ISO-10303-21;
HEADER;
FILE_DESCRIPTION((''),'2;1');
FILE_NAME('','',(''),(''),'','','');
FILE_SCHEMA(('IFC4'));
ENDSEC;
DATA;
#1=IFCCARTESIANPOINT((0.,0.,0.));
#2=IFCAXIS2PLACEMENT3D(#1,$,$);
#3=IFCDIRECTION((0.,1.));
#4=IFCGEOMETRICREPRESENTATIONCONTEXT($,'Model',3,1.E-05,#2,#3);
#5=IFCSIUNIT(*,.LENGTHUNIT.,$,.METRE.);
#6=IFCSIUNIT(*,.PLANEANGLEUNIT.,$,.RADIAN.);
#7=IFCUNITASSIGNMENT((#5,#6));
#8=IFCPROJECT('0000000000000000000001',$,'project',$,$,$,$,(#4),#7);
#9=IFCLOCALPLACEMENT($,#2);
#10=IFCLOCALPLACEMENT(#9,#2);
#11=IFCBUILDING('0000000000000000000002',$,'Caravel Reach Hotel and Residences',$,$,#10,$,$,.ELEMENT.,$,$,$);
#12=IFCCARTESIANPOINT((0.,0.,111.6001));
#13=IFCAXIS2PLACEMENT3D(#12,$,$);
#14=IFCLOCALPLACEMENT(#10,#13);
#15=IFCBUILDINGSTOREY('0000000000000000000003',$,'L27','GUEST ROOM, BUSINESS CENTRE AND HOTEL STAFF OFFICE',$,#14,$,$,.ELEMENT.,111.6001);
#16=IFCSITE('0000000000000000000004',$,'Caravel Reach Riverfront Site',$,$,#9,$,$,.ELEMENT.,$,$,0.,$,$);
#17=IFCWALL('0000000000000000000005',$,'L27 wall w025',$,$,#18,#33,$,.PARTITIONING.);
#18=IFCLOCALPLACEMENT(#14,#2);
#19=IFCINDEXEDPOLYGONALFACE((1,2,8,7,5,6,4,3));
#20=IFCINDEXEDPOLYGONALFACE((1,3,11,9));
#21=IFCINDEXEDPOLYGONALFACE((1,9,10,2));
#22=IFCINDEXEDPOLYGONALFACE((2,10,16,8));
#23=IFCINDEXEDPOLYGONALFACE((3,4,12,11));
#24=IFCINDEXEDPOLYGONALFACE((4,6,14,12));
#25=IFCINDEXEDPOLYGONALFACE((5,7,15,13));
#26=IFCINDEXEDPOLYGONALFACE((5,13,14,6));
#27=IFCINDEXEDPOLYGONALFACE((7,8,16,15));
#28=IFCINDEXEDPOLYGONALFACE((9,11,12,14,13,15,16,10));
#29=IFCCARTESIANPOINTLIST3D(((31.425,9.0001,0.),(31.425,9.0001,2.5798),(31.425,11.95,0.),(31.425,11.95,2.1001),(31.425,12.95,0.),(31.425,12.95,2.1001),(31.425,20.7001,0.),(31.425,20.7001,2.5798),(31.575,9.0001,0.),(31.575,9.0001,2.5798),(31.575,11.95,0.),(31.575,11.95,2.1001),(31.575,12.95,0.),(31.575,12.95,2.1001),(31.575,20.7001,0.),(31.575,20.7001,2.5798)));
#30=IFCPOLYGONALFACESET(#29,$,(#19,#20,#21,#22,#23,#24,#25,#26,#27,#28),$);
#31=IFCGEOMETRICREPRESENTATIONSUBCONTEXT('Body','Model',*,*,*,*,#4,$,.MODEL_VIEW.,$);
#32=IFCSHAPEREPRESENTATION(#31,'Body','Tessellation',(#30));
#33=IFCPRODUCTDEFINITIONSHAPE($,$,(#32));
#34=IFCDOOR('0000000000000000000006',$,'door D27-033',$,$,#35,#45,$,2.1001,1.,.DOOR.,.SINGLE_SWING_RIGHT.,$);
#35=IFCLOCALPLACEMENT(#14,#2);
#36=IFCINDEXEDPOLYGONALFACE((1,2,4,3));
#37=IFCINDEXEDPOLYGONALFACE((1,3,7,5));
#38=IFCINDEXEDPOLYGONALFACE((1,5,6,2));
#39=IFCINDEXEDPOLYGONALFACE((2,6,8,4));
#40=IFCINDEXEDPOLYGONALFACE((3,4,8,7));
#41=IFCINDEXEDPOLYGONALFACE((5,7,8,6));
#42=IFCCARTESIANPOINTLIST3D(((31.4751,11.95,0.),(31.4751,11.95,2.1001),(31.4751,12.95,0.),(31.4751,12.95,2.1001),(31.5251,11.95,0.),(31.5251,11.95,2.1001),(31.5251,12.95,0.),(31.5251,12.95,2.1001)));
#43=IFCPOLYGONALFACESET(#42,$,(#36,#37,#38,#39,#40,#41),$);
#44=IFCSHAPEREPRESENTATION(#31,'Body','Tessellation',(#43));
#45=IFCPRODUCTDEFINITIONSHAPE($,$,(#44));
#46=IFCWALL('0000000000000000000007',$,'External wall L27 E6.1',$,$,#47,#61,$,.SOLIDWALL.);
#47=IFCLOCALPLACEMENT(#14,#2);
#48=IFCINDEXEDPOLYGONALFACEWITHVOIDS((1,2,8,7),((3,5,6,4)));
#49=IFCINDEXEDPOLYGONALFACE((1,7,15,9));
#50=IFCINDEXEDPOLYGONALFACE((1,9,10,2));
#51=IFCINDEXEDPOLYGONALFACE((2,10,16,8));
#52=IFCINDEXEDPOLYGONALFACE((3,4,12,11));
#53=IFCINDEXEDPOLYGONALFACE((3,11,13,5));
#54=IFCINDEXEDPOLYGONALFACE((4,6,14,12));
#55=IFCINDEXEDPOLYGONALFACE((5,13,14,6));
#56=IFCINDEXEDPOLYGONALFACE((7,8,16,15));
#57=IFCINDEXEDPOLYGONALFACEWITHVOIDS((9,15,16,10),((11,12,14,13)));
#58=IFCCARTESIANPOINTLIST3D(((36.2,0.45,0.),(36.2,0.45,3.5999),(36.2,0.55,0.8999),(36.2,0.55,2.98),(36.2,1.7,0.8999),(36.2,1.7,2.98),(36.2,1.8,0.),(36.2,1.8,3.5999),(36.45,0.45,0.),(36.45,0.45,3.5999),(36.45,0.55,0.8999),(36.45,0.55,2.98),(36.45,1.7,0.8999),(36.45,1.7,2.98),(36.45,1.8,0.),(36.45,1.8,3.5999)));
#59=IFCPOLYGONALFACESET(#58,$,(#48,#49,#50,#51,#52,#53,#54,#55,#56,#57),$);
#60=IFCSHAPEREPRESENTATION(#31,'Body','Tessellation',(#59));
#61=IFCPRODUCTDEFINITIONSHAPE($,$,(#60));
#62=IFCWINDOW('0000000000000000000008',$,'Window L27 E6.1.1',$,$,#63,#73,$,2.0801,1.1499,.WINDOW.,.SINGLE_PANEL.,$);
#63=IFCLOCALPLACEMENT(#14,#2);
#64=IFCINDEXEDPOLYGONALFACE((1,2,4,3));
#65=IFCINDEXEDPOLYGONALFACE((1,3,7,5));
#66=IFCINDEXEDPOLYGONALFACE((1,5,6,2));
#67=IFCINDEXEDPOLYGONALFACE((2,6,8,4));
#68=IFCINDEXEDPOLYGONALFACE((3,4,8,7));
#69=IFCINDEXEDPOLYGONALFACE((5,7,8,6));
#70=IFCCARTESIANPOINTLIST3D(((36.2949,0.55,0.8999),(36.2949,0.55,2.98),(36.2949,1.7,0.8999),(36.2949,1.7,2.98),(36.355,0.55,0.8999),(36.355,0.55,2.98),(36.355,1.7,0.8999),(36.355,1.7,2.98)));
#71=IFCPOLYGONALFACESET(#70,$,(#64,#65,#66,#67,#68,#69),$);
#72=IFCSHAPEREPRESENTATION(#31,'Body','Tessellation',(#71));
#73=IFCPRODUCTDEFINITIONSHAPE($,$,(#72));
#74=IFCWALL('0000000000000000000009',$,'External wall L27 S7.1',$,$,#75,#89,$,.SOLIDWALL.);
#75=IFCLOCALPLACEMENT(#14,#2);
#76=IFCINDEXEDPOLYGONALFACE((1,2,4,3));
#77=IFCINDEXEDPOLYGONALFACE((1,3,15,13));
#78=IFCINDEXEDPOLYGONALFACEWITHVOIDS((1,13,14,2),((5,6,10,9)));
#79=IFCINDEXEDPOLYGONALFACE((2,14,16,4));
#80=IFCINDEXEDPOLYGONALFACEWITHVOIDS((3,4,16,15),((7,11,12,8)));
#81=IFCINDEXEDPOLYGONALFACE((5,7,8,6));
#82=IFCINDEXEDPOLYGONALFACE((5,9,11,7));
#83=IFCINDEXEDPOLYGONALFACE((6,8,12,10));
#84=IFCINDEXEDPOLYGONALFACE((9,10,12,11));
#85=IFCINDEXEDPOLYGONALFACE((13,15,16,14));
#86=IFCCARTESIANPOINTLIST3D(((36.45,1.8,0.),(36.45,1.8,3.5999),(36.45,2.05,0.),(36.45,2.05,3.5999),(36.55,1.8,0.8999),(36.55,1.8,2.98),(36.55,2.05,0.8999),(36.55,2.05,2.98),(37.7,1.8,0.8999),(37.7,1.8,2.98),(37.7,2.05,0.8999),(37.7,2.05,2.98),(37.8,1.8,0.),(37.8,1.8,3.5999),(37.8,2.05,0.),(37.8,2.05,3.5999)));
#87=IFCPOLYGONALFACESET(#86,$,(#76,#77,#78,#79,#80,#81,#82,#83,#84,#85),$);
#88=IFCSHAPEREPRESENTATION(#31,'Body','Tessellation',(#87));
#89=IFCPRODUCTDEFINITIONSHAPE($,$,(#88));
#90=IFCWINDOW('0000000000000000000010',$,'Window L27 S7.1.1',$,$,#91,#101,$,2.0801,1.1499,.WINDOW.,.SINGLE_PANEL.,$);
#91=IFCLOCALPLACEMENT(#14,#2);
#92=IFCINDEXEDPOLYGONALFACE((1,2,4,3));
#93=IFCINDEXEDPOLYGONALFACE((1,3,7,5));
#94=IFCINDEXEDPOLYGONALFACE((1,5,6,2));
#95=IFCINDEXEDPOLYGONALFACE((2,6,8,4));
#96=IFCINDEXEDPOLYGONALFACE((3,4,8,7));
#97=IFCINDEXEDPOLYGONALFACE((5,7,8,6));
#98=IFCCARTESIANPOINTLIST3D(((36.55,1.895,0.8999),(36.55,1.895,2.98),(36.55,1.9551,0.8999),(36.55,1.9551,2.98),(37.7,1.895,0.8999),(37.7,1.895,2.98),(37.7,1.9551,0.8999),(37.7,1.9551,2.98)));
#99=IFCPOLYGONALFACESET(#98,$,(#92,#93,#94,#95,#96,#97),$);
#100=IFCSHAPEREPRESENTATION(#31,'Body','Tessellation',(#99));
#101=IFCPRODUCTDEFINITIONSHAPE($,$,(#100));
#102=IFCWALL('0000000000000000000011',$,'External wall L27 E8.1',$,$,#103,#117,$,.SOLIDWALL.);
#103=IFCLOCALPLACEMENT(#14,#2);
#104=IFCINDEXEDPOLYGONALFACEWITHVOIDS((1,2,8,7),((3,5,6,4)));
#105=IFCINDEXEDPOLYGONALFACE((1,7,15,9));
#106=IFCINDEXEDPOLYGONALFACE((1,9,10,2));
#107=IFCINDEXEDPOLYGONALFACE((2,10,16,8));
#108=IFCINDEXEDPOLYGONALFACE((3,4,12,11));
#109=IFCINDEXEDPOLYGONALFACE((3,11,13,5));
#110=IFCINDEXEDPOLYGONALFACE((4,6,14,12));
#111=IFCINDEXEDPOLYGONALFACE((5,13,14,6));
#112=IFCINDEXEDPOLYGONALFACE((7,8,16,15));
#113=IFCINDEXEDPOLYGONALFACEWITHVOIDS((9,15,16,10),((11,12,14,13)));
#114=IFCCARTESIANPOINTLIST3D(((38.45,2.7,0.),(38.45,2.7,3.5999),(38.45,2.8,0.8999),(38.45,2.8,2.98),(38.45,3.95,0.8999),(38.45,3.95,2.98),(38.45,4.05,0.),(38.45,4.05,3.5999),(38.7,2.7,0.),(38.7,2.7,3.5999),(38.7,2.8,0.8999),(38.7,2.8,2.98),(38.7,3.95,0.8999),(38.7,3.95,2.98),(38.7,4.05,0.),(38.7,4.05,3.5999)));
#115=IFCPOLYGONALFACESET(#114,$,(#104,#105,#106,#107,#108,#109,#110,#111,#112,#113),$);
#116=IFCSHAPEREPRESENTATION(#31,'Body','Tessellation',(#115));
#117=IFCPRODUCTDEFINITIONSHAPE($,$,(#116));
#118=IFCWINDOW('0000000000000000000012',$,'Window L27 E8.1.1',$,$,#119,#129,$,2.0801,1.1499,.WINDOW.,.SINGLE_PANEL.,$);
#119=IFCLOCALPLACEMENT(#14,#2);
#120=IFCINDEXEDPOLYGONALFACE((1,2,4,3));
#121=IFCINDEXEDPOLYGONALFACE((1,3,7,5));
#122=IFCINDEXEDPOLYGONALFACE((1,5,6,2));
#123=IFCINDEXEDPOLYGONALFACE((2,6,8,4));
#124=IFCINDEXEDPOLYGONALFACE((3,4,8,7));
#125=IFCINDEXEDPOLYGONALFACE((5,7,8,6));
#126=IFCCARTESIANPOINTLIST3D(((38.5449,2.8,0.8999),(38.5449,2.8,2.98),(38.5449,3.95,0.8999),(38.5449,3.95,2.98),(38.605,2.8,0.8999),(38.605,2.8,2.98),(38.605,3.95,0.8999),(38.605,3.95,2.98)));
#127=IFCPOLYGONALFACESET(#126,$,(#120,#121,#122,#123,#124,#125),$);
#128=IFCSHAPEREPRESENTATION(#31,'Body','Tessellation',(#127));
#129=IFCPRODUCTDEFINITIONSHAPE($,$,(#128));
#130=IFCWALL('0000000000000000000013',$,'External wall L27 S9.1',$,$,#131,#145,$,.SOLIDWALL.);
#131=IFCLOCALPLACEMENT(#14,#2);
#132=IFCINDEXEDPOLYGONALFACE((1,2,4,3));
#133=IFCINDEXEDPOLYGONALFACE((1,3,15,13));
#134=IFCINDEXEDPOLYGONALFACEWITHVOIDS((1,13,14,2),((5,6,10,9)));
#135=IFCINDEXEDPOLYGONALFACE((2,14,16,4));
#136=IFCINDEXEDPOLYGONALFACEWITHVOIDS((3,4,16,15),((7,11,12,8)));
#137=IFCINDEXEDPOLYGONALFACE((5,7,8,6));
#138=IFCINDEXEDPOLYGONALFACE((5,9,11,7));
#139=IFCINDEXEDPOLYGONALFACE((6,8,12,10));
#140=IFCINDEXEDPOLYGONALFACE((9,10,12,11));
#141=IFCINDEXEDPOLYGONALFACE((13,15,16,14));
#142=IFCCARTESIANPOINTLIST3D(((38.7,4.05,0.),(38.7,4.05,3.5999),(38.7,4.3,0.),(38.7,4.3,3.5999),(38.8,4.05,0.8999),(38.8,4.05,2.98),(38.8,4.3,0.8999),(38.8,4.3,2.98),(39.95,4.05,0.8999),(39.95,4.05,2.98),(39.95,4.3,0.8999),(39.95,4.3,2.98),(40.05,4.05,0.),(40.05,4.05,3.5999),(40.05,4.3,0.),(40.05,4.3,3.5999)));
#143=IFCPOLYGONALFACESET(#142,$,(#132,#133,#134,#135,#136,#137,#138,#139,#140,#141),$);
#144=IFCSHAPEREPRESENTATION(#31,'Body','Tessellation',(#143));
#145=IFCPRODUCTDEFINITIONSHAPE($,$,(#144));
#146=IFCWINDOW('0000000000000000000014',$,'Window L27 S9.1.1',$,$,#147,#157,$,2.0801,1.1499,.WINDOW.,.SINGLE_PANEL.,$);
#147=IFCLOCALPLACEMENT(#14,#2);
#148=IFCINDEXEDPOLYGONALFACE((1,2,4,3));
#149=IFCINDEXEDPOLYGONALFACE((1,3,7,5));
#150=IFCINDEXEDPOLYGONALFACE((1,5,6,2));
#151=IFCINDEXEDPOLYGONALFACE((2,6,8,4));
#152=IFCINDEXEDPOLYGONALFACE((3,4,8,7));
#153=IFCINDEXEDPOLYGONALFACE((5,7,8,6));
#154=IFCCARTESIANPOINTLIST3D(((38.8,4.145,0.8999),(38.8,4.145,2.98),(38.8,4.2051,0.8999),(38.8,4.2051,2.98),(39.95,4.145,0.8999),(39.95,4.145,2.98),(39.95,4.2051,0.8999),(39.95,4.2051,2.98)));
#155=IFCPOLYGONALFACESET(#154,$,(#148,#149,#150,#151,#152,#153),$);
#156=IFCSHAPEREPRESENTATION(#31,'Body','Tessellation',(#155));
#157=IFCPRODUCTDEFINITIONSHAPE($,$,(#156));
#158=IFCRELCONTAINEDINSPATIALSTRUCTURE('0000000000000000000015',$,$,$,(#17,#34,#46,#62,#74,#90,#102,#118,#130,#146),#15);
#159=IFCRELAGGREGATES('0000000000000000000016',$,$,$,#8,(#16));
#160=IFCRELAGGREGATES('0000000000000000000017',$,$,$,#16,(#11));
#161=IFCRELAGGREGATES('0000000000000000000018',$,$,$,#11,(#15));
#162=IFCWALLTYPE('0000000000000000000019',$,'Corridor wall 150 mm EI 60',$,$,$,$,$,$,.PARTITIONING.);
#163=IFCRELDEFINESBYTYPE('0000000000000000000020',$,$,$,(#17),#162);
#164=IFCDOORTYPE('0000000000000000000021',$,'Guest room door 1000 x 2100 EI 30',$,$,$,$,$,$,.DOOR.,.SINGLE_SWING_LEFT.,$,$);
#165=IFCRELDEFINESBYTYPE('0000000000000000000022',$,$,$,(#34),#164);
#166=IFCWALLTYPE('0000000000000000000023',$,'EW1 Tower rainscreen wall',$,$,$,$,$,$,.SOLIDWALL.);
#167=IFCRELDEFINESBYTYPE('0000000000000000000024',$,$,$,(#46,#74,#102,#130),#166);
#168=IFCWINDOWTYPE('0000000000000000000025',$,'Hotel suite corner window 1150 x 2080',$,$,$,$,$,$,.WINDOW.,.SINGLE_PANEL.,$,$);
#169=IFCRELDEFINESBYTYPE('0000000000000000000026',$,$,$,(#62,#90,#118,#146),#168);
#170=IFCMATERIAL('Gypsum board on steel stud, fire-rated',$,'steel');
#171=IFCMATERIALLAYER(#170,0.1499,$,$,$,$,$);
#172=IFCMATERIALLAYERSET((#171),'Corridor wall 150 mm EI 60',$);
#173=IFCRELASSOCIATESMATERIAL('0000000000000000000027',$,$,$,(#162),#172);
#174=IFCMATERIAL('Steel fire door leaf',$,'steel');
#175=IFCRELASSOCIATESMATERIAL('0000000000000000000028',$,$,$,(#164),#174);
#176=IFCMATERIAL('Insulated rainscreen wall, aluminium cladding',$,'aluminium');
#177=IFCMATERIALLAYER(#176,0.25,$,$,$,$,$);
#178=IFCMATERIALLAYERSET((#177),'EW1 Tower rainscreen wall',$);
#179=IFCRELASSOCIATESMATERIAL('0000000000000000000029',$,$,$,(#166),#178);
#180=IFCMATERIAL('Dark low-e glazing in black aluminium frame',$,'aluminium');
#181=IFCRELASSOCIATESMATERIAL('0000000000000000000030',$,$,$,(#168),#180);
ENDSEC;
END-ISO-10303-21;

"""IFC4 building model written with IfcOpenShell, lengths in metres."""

from ifc_helpers import new_model, si_unit, direction, frame, frame_2d, origin, place, context, subcontext, project, spatial, rectangle, extrude, material, layer, layer_set, type_object, element, fill, save


model = new_model("IFC4")

# Units and contexts
model_context = context("Model", 3, precision=1e-05, world=origin(), true_north=direction((0.0, 1.0)))
body_context = subcontext(model_context, "Body", "Model", "MODEL_VIEW")
ifc_project = project(units=[si_unit("LENGTHUNIT", "METRE"), si_unit("PLANEANGLEUNIT", "RADIAN")], contexts=[model_context])

# Site, building, storey
site_placement = place(None, origin())
site = spatial("IfcSite", under=ifc_project, at=site_placement, Name="Caravel Reach Riverfront Site", CompositionType="ELEMENT", RefElevation=0.0)
building_placement = place(site_placement, origin())
building = spatial("IfcBuilding", under=site, at=building_placement, Name="Caravel Reach Hotel and Residences", CompositionType="ELEMENT")
storey_placement = place(building_placement, frame((0.0, 0.0, 111.6001)))
storey = spatial("IfcBuildingStorey", under=building, at=storey_placement, Name="L27", Description="GUEST ROOM, BUSINESS CENTRE AND HOTEL STAFF OFFICE", CompositionType="ELEMENT", Elevation=111.6001)

# Wall, opening, door
ifc_material_1 = material(Name="Gypsum board on steel stud, fire-rated", Category="steel")
ifc_layer_1 = layer(ifc_material_1, 0.1499)
ifc_layer_set_1 = layer_set([ifc_layer_1], Name="Corridor wall 150 mm EI 60")
wall_type_1 = type_object("IfcWallType", Name="Corridor wall 150 mm EI 60", PredefinedType="PARTITIONING", material=ifc_layer_set_1)
ifc_material_2 = material(Name="Steel fire door leaf", Category="steel")
door_type = type_object("IfcDoorType", Name="Guest room door 1000 x 2100 EI 30", OperationType="SINGLE_SWING_LEFT", PredefinedType="DOOR", material=ifc_material_2)
wall_1_placement = place(storey_placement, frame((31.5, 9.0, 0.0), z_axis=(0.0, 0.0, 1.0), x_axis=(0.0, 1.0, 0.0)))
wall_1 = element("IfcWall", 1, at=wall_1_placement, inside=storey, type_object=wall_type_1, Name="L27 wall w025", PredefinedType="PARTITIONING", context=body_context, shape_type="SweptSolid", body=[
    extrude(rectangle(XDim=11.7, YDim=0.1499, at=frame_2d((5.8501, 0.0))), origin(), (0.0, 0.0, 1.0), 2.5798),
])
opening_1_placement = place(wall_1_placement, frame((2.95, 0.0, 0.0)))
opening_1 = element("IfcOpeningElement", 2, at=opening_1_placement, cuts=wall_1, PredefinedType="OPENING", context=body_context, shape_type="SweptSolid", body=[
    extrude(rectangle(XDim=1.0, YDim=2.1001, at=frame_2d((0.5, 1.05))), frame((0.0, 0.085, 0.0), z_axis=(0.0, -1.0, 0.0), x_axis=(1.0, 0.0, 0.0)), (0.0, 0.0, 1.0), 0.1699),
])
door_1_placement = place(opening_1_placement, origin())
door_1 = element("IfcDoor", 3, at=door_1_placement, inside=storey, type_object=door_type, Name="door D27-033", OperationType="SINGLE_SWING_RIGHT", OverallHeight=2.1001, OverallWidth=1.0, PredefinedType="DOOR", context=body_context, shape_type="SweptSolid", body=[
    extrude(rectangle(XDim=1.0, YDim=2.1001, at=frame_2d((0.5, 1.05))), frame((0.0, 0.0249, 0.0), z_axis=(0.0, -1.0, 0.0), x_axis=(1.0, 0.0, 0.0)), (0.0, 0.0, 1.0), 0.05),
])
fill(opening_1, door_1)

# Walls, openings, windows
ifc_material_3 = material(Name="Insulated rainscreen wall, aluminium cladding", Category="aluminium")
ifc_layer_2 = layer(ifc_material_3, 0.25)
ifc_layer_set_2 = layer_set([ifc_layer_2], Name="EW1 Tower rainscreen wall")
wall_type_2 = type_object("IfcWallType", Name="EW1 Tower rainscreen wall", PredefinedType="SOLIDWALL", material=ifc_layer_set_2)
wall_2_placement = place(storey_placement, frame((36.325, 0.45, 0.0), z_axis=(0.0, 0.0, 1.0), x_axis=(0.0, 1.0, 0.0)))
wall_2 = element("IfcWall", 4, at=wall_2_placement, inside=storey, type_object=wall_type_2, Name="External wall L27 E6.1", PredefinedType="SOLIDWALL", context=body_context, shape_type="SweptSolid", body=[
    extrude(rectangle(XDim=1.3501, YDim=0.25, at=frame_2d((0.675, 0.0))), origin(), (0.0, 0.0, 1.0), 3.5999),
])
opening_2_placement = place(wall_2_placement, frame((0.1001, 0.0, 0.8999)))
opening_2 = element("IfcOpeningElement", 5, at=opening_2_placement, cuts=wall_2, PredefinedType="OPENING", context=body_context, shape_type="SweptSolid", body=[
    extrude(rectangle(XDim=1.1499, YDim=2.0801, at=frame_2d((0.575, 1.04))), frame((0.0, 0.135, 0.0), z_axis=(0.0, -1.0, 0.0), x_axis=(1.0, 0.0, 0.0)), (0.0, 0.0, 1.0), 0.27),
])
ifc_material_4 = material(Name="Dark low-e glazing in black aluminium frame", Category="aluminium")
window_type_1 = type_object("IfcWindowType", Name="Hotel suite corner window 1150 x 2080", PartitioningType="SINGLE_PANEL", PredefinedType="WINDOW", material=ifc_material_4)
window_1_placement = place(opening_2_placement, origin())
window_1 = element("IfcWindow", 6, at=window_1_placement, inside=storey, type_object=window_type_1, Name="Window L27 E6.1.1", OverallHeight=2.0801, OverallWidth=1.1499, PartitioningType="SINGLE_PANEL", PredefinedType="WINDOW", context=body_context, shape_type="SweptSolid", body=[
    extrude(rectangle(XDim=1.1499, YDim=2.0801, at=frame_2d((0.575, 1.04))), frame((0.0, 0.03, 0.0), z_axis=(0.0, -1.0, 0.0), x_axis=(1.0, 0.0, 0.0)), (0.0, 0.0, 1.0), 0.0601),
])
fill(opening_2, window_1)
wall_3_placement = place(storey_placement, frame((36.45, 1.925, 0.0), z_axis=(0.0, 0.0, 1.0), x_axis=(1.0, 0.0, 0.0)))
wall_3 = element("IfcWall", 7, at=wall_3_placement, inside=storey, type_object=wall_type_2, Name="External wall L27 S7.1", PredefinedType="SOLIDWALL", context=body_context, shape_type="SweptSolid", body=[
    extrude(rectangle(XDim=1.3501, YDim=0.25, at=frame_2d((0.675, 0.0))), origin(), (0.0, 0.0, 1.0), 3.5999),
])
opening_3_placement = place(wall_3_placement, frame((0.1001, 0.0, 0.8999)))
opening_3 = element("IfcOpeningElement", 8, at=opening_3_placement, cuts=wall_3, PredefinedType="OPENING", context=body_context, shape_type="SweptSolid", body=[
    extrude(rectangle(XDim=1.1499, YDim=2.0801, at=frame_2d((0.575, 1.04))), frame((0.0, 0.135, 0.0), z_axis=(0.0, -1.0, 0.0), x_axis=(1.0, 0.0, 0.0)), (0.0, 0.0, 1.0), 0.27),
])
window_2_placement = place(opening_3_placement, origin())
window_2 = element("IfcWindow", 9, at=window_2_placement, inside=storey, type_object=window_type_1, Name="Window L27 S7.1.1", OverallHeight=2.0801, OverallWidth=1.1499, PartitioningType="SINGLE_PANEL", PredefinedType="WINDOW", context=body_context, shape_type="SweptSolid", body=[
    extrude(rectangle(XDim=1.1499, YDim=2.0801, at=frame_2d((0.575, 1.04))), frame((0.0, 0.03, 0.0), z_axis=(0.0, -1.0, 0.0), x_axis=(1.0, 0.0, 0.0)), (0.0, 0.0, 1.0), 0.0601),
])
fill(opening_3, window_2)
wall_4_placement = place(storey_placement, frame((38.575, 2.7, 0.0), z_axis=(0.0, 0.0, 1.0), x_axis=(0.0, 1.0, 0.0)))
wall_4 = element("IfcWall", 10, at=wall_4_placement, inside=storey, type_object=wall_type_2, Name="External wall L27 E8.1", PredefinedType="SOLIDWALL", context=body_context, shape_type="SweptSolid", body=[
    extrude(rectangle(XDim=1.3501, YDim=0.25, at=frame_2d((0.675, 0.0))), origin(), (0.0, 0.0, 1.0), 3.5999),
])
opening_4_placement = place(wall_4_placement, frame((0.1001, 0.0, 0.8999)))
opening_4 = element("IfcOpeningElement", 11, at=opening_4_placement, cuts=wall_4, PredefinedType="OPENING", context=body_context, shape_type="SweptSolid", body=[
    extrude(rectangle(XDim=1.1499, YDim=2.0801, at=frame_2d((0.575, 1.04))), frame((0.0, 0.135, 0.0), z_axis=(0.0, -1.0, 0.0), x_axis=(1.0, 0.0, 0.0)), (0.0, 0.0, 1.0), 0.27),
])
window_3_placement = place(opening_4_placement, origin())
window_3 = element("IfcWindow", 12, at=window_3_placement, inside=storey, type_object=window_type_1, Name="Window L27 E8.1.1", OverallHeight=2.0801, OverallWidth=1.1499, PartitioningType="SINGLE_PANEL", PredefinedType="WINDOW", context=body_context, shape_type="SweptSolid", body=[
    extrude(rectangle(XDim=1.1499, YDim=2.0801, at=frame_2d((0.575, 1.04))), frame((0.0, 0.03, 0.0), z_axis=(0.0, -1.0, 0.0), x_axis=(1.0, 0.0, 0.0)), (0.0, 0.0, 1.0), 0.0601),
])
fill(opening_4, window_3)
wall_5_placement = place(storey_placement, frame((38.7, 4.175, 0.0), z_axis=(0.0, 0.0, 1.0), x_axis=(1.0, 0.0, 0.0)))
wall_5 = element("IfcWall", 13, at=wall_5_placement, inside=storey, type_object=wall_type_2, Name="External wall L27 S9.1", PredefinedType="SOLIDWALL", context=body_context, shape_type="SweptSolid", body=[
    extrude(rectangle(XDim=1.3501, YDim=0.25, at=frame_2d((0.675, 0.0))), origin(), (0.0, 0.0, 1.0), 3.5999),
])
opening_5_placement = place(wall_5_placement, frame((0.1001, 0.0, 0.8999)))
opening_5 = element("IfcOpeningElement", 14, at=opening_5_placement, cuts=wall_5, PredefinedType="OPENING", context=body_context, shape_type="SweptSolid", body=[
    extrude(rectangle(XDim=1.1499, YDim=2.0801, at=frame_2d((0.575, 1.04))), frame((0.0, 0.135, 0.0), z_axis=(0.0, -1.0, 0.0), x_axis=(1.0, 0.0, 0.0)), (0.0, 0.0, 1.0), 0.27),
])
window_4_placement = place(opening_5_placement, origin())
window_4 = element("IfcWindow", 15, at=window_4_placement, inside=storey, type_object=window_type_1, Name="Window L27 S9.1.1", OverallHeight=2.0801, OverallWidth=1.1499, PartitioningType="SINGLE_PANEL", PredefinedType="WINDOW", context=body_context, shape_type="SweptSolid", body=[
    extrude(rectangle(XDim=1.1499, YDim=2.0801, at=frame_2d((0.575, 1.04))), frame((0.0, 0.03, 0.0), z_axis=(0.0, -1.0, 0.0), x_axis=(1.0, 0.0, 0.0)), (0.0, 0.0, 1.0), 0.0601),
])
fill(opening_5, window_4)

save(model, "model.ifc")
